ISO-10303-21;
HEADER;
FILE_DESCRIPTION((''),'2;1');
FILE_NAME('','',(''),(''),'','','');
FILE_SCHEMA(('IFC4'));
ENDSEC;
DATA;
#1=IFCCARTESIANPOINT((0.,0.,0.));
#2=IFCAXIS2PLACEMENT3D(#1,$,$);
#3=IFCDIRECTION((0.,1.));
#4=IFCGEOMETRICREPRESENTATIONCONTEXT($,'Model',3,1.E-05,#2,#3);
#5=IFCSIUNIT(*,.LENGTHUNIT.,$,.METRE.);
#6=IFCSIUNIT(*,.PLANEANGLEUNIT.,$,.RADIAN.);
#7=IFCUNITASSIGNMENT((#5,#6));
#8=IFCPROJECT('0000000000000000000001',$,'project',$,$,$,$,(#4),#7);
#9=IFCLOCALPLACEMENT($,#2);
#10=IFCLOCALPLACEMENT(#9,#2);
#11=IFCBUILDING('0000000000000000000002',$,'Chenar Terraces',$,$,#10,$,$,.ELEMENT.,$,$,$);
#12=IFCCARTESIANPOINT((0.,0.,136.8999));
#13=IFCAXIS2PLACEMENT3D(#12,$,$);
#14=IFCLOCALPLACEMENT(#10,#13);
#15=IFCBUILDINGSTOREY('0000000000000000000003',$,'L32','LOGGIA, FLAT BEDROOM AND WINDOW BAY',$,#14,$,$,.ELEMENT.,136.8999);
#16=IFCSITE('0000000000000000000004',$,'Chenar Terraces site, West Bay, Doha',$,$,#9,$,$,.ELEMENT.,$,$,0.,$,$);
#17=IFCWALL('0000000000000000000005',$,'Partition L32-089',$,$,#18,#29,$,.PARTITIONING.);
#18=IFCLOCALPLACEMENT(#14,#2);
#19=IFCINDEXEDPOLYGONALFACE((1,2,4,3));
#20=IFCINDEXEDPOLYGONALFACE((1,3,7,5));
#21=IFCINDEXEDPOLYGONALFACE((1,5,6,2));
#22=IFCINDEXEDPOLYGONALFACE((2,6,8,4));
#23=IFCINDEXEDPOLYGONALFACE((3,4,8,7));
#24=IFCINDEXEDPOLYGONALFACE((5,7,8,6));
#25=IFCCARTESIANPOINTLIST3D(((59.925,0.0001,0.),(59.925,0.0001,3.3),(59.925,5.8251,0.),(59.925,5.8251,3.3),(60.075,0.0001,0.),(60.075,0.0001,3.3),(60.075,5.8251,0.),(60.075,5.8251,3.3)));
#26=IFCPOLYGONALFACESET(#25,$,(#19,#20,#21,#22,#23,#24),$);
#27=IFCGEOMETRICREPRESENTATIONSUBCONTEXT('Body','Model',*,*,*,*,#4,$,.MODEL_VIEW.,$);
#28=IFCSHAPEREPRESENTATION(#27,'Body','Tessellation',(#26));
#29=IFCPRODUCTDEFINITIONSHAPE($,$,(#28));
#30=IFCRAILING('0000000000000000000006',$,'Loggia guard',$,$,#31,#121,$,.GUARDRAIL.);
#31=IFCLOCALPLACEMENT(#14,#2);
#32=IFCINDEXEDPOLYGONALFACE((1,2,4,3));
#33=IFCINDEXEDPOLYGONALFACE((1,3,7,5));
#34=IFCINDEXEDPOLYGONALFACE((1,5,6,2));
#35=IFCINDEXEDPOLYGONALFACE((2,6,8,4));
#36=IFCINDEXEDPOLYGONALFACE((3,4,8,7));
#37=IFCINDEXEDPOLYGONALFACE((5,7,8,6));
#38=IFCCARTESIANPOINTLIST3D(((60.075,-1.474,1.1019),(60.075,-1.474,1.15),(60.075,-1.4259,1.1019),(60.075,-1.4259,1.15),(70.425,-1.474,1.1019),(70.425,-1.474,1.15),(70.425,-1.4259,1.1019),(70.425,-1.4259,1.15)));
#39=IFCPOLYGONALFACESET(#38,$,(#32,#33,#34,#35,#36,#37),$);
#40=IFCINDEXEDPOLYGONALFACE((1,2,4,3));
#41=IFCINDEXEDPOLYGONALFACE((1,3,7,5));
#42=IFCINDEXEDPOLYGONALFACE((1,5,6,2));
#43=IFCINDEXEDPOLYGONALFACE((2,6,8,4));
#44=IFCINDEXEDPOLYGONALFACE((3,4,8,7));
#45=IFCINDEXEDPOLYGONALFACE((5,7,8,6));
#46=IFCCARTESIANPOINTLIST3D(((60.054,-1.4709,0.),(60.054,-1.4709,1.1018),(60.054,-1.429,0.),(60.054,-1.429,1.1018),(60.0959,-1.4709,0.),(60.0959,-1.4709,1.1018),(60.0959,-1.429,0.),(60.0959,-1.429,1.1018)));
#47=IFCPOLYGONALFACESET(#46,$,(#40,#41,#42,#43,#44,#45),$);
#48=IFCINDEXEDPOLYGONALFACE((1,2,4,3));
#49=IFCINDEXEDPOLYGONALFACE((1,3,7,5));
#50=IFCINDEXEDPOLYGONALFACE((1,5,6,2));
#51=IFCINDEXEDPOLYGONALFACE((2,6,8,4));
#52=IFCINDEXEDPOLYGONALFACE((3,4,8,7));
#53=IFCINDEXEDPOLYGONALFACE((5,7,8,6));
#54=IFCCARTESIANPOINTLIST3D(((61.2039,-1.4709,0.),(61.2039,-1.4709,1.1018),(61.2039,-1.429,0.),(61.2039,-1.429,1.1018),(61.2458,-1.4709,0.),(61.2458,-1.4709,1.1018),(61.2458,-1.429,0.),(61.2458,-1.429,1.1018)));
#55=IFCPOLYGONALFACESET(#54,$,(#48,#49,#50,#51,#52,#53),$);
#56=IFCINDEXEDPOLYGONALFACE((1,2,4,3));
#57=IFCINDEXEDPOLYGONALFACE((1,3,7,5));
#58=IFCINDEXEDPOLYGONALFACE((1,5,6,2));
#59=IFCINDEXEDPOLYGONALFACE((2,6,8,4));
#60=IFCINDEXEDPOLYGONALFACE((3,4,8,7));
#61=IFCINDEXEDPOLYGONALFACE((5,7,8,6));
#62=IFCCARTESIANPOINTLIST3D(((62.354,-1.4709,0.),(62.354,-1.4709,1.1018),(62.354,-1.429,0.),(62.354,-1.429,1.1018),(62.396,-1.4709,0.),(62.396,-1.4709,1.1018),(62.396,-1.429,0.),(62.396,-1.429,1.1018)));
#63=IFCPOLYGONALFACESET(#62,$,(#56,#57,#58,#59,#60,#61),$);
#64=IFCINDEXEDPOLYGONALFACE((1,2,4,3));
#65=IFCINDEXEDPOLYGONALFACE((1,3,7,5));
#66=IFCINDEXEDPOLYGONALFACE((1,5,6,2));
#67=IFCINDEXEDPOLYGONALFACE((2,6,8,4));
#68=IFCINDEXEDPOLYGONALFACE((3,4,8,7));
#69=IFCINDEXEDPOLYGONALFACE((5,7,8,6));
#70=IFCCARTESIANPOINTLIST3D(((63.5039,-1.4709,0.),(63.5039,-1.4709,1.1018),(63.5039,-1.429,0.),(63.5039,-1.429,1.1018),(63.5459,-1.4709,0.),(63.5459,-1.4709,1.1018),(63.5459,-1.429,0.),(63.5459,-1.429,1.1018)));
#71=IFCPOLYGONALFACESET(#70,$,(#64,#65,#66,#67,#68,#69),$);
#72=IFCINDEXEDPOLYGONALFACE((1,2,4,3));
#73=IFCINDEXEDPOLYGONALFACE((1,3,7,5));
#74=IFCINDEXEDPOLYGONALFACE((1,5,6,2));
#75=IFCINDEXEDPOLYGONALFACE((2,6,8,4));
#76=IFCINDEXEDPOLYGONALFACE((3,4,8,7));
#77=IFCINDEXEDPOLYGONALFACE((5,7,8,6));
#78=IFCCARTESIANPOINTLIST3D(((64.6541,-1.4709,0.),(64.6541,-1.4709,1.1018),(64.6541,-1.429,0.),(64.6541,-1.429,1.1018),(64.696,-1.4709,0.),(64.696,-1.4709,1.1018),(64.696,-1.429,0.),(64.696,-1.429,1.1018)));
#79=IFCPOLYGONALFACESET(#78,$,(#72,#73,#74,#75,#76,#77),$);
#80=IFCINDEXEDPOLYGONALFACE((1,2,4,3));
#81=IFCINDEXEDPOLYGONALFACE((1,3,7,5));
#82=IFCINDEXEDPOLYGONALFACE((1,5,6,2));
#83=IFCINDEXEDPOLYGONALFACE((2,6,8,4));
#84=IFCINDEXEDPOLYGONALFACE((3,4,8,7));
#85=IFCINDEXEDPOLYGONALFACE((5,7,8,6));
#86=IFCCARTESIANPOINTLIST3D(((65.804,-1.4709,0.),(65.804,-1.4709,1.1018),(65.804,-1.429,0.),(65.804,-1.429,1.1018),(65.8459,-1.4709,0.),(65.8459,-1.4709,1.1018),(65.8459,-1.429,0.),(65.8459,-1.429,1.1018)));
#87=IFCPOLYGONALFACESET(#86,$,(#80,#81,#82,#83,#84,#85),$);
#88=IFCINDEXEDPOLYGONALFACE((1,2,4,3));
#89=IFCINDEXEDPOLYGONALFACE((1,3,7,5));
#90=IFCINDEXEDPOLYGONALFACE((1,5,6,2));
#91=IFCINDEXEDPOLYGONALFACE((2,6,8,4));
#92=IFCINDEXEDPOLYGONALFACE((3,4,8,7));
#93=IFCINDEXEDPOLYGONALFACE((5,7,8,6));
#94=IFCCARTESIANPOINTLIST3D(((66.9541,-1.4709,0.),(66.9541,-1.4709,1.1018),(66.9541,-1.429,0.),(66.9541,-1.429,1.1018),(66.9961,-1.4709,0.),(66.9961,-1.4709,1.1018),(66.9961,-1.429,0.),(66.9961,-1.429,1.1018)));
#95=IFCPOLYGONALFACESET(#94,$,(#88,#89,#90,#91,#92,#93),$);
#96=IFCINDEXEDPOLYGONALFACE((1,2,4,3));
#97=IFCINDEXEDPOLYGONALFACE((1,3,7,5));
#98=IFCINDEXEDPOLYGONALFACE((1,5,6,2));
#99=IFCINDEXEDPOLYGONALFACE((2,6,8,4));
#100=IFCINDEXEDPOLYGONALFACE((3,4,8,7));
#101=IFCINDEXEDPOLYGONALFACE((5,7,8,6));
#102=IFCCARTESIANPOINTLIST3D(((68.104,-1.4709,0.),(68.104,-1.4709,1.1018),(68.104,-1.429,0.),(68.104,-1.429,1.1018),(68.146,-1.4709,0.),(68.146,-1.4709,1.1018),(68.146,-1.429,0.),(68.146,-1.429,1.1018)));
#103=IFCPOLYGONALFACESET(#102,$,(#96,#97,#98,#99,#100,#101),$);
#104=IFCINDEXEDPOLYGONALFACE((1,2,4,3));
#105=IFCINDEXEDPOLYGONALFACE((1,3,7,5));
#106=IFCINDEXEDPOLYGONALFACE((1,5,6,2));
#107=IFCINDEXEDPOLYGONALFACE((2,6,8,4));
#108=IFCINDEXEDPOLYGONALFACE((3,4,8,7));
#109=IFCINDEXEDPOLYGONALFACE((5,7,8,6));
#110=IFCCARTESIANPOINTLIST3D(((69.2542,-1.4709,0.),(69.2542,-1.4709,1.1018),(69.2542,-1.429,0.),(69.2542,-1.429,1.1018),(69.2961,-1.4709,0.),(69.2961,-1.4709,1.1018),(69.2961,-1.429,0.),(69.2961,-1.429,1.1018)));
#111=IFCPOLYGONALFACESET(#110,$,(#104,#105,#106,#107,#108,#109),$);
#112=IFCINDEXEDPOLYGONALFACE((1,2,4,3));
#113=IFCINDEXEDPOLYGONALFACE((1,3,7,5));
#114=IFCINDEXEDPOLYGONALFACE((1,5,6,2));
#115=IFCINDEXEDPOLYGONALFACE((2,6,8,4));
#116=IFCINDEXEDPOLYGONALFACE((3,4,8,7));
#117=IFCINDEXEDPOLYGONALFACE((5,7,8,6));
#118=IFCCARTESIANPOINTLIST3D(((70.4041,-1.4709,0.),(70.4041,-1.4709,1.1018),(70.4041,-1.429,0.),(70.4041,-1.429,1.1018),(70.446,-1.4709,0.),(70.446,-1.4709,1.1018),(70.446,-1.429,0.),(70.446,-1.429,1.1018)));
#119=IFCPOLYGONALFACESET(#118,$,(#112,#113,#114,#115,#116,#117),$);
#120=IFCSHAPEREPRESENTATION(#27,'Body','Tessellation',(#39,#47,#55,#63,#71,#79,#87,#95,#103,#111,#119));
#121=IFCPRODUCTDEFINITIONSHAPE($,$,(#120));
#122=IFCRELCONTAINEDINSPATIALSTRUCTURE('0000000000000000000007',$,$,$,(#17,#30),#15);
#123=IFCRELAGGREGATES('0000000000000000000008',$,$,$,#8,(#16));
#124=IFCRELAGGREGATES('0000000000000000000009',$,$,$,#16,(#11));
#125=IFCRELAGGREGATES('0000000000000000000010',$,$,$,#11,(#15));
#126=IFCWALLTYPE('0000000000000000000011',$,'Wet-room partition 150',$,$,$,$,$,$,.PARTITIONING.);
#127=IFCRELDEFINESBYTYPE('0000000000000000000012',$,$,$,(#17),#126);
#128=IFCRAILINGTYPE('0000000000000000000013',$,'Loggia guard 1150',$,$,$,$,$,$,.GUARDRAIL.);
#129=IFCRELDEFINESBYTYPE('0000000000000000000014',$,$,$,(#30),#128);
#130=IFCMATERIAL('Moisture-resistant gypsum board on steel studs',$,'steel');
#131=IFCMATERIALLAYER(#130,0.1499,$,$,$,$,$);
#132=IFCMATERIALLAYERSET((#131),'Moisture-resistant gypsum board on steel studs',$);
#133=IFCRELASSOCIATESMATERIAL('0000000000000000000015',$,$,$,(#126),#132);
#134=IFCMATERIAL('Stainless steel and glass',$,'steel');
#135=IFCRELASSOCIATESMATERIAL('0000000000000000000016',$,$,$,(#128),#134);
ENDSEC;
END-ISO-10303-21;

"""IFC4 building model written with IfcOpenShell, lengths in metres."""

from ifc_helpers import new_model, si_unit, direction, frame, frame_2d, origin, origin_2d, place, context, subcontext, project, spatial, rectangle, extrude, material, layer, layer_set, type_object, element, save


model = new_model("IFC4")

# Units and contexts
model_context = context("Model", 3, precision=1e-05, world=origin(), true_north=direction((0.0, 1.0)))
body_context = subcontext(model_context, "Body", "Model", "MODEL_VIEW")
ifc_project = project(units=[si_unit("LENGTHUNIT", "METRE"), si_unit("PLANEANGLEUNIT", "RADIAN")], contexts=[model_context])

# Site, building, storey
site_placement = place(None, origin())
site = spatial("IfcSite", under=ifc_project, at=site_placement, Name="Chenar Terraces site, West Bay, Doha", CompositionType="ELEMENT", RefElevation=0.0)
building_placement = place(site_placement, origin())
building = spatial("IfcBuilding", under=site, at=building_placement, Name="Chenar Terraces", CompositionType="ELEMENT")
storey_placement = place(building_placement, frame((0.0, 0.0, 136.8999)))
storey = spatial("IfcBuildingStorey", under=building, at=storey_placement, Name="L32", Description="LOGGIA, FLAT BEDROOM AND WINDOW BAY", CompositionType="ELEMENT", Elevation=136.8999)

# Shared definitions
ifc_material_1 = material(Name="Moisture-resistant gypsum board on steel studs", Category="steel")
ifc_layer_1 = layer(ifc_material_1, 0.1499)
ifc_layer_set_1 = layer_set([ifc_layer_1], Name="Moisture-resistant gypsum board on steel studs")
wall_type_1 = type_object("IfcWallType", Name="Wet-room partition 150", PredefinedType="PARTITIONING", material=ifc_layer_set_1)

# Wall
wall_1_placement = place(storey_placement, frame((60.0, 0.0, 0.0), z_axis=(0.0, 0.0, 1.0), x_axis=(0.0, 1.0, 0.0)))
element("IfcWall", 1, at=wall_1_placement, inside=storey, type_object=wall_type_1, Name="Partition L32-089", PredefinedType="PARTITIONING", context=body_context, shape_type="SweptSolid", body=[
    extrude(rectangle(XDim=5.825, YDim=0.1499, at=frame_2d((2.9126, 0.0))), origin(), (0.0, 0.0, 1.0), 3.3),
])

# Railing
ifc_material_2 = material(Name="Stainless steel and glass", Category="steel")
railing_type = type_object("IfcRailingType", Name="Loggia guard 1150", PredefinedType="GUARDRAIL", material=ifc_material_2)
railing_placement = place(storey_placement, frame((60.075, -1.45, 0.0)))
element("IfcRailing", 2, at=railing_placement, inside=storey, type_object=railing_type, Name="Loggia guard", PredefinedType="GUARDRAIL", context=body_context, shape_type="SweptSolid", body=[
    extrude(rectangle(XDim=0.0481, YDim=0.0481, at=origin_2d()), frame((0.0, 0.0, 1.126), z_axis=(1.0, 0.0, 0.0), x_axis=(0.0, 1.0, 0.0)), (0.0, 0.0, 1.0), 10.3501),
    extrude(rectangle(XDim=0.042, YDim=0.042, at=origin_2d()), origin(), (0.0, 0.0, 1.0), 1.1018),
    extrude(rectangle(XDim=0.042, YDim=0.042, at=origin_2d()), frame((1.1499, 0.0, 0.0)), (0.0, 0.0, 1.0), 1.1018),
    extrude(rectangle(XDim=0.042, YDim=0.042, at=origin_2d()), frame((2.3, 0.0, 0.0)), (0.0, 0.0, 1.0), 1.1018),
    extrude(rectangle(XDim=0.042, YDim=0.042, at=origin_2d()), frame((3.45, 0.0, 0.0)), (0.0, 0.0, 1.0), 1.1018),
    extrude(rectangle(XDim=0.042, YDim=0.042, at=origin_2d()), frame((4.6001, 0.0, 0.0)), (0.0, 0.0, 1.0), 1.1018),
    extrude(rectangle(XDim=0.042, YDim=0.042, at=origin_2d()), frame((5.75, 0.0, 0.0)), (0.0, 0.0, 1.0), 1.1018),
    extrude(rectangle(XDim=0.042, YDim=0.042, at=origin_2d()), frame((6.9001, 0.0, 0.0)), (0.0, 0.0, 1.0), 1.1018),
    extrude(rectangle(XDim=0.042, YDim=0.042, at=origin_2d()), frame((8.05, 0.0, 0.0)), (0.0, 0.0, 1.0), 1.1018),
    extrude(rectangle(XDim=0.042, YDim=0.042, at=origin_2d()), frame((9.2002, 0.0, 0.0)), (0.0, 0.0, 1.0), 1.1018),
    extrude(rectangle(XDim=0.042, YDim=0.042, at=origin_2d()), frame((10.3501, 0.0, 0.0)), (0.0, 0.0, 1.0), 1.1018),
])

save(model, "model.ifc")
